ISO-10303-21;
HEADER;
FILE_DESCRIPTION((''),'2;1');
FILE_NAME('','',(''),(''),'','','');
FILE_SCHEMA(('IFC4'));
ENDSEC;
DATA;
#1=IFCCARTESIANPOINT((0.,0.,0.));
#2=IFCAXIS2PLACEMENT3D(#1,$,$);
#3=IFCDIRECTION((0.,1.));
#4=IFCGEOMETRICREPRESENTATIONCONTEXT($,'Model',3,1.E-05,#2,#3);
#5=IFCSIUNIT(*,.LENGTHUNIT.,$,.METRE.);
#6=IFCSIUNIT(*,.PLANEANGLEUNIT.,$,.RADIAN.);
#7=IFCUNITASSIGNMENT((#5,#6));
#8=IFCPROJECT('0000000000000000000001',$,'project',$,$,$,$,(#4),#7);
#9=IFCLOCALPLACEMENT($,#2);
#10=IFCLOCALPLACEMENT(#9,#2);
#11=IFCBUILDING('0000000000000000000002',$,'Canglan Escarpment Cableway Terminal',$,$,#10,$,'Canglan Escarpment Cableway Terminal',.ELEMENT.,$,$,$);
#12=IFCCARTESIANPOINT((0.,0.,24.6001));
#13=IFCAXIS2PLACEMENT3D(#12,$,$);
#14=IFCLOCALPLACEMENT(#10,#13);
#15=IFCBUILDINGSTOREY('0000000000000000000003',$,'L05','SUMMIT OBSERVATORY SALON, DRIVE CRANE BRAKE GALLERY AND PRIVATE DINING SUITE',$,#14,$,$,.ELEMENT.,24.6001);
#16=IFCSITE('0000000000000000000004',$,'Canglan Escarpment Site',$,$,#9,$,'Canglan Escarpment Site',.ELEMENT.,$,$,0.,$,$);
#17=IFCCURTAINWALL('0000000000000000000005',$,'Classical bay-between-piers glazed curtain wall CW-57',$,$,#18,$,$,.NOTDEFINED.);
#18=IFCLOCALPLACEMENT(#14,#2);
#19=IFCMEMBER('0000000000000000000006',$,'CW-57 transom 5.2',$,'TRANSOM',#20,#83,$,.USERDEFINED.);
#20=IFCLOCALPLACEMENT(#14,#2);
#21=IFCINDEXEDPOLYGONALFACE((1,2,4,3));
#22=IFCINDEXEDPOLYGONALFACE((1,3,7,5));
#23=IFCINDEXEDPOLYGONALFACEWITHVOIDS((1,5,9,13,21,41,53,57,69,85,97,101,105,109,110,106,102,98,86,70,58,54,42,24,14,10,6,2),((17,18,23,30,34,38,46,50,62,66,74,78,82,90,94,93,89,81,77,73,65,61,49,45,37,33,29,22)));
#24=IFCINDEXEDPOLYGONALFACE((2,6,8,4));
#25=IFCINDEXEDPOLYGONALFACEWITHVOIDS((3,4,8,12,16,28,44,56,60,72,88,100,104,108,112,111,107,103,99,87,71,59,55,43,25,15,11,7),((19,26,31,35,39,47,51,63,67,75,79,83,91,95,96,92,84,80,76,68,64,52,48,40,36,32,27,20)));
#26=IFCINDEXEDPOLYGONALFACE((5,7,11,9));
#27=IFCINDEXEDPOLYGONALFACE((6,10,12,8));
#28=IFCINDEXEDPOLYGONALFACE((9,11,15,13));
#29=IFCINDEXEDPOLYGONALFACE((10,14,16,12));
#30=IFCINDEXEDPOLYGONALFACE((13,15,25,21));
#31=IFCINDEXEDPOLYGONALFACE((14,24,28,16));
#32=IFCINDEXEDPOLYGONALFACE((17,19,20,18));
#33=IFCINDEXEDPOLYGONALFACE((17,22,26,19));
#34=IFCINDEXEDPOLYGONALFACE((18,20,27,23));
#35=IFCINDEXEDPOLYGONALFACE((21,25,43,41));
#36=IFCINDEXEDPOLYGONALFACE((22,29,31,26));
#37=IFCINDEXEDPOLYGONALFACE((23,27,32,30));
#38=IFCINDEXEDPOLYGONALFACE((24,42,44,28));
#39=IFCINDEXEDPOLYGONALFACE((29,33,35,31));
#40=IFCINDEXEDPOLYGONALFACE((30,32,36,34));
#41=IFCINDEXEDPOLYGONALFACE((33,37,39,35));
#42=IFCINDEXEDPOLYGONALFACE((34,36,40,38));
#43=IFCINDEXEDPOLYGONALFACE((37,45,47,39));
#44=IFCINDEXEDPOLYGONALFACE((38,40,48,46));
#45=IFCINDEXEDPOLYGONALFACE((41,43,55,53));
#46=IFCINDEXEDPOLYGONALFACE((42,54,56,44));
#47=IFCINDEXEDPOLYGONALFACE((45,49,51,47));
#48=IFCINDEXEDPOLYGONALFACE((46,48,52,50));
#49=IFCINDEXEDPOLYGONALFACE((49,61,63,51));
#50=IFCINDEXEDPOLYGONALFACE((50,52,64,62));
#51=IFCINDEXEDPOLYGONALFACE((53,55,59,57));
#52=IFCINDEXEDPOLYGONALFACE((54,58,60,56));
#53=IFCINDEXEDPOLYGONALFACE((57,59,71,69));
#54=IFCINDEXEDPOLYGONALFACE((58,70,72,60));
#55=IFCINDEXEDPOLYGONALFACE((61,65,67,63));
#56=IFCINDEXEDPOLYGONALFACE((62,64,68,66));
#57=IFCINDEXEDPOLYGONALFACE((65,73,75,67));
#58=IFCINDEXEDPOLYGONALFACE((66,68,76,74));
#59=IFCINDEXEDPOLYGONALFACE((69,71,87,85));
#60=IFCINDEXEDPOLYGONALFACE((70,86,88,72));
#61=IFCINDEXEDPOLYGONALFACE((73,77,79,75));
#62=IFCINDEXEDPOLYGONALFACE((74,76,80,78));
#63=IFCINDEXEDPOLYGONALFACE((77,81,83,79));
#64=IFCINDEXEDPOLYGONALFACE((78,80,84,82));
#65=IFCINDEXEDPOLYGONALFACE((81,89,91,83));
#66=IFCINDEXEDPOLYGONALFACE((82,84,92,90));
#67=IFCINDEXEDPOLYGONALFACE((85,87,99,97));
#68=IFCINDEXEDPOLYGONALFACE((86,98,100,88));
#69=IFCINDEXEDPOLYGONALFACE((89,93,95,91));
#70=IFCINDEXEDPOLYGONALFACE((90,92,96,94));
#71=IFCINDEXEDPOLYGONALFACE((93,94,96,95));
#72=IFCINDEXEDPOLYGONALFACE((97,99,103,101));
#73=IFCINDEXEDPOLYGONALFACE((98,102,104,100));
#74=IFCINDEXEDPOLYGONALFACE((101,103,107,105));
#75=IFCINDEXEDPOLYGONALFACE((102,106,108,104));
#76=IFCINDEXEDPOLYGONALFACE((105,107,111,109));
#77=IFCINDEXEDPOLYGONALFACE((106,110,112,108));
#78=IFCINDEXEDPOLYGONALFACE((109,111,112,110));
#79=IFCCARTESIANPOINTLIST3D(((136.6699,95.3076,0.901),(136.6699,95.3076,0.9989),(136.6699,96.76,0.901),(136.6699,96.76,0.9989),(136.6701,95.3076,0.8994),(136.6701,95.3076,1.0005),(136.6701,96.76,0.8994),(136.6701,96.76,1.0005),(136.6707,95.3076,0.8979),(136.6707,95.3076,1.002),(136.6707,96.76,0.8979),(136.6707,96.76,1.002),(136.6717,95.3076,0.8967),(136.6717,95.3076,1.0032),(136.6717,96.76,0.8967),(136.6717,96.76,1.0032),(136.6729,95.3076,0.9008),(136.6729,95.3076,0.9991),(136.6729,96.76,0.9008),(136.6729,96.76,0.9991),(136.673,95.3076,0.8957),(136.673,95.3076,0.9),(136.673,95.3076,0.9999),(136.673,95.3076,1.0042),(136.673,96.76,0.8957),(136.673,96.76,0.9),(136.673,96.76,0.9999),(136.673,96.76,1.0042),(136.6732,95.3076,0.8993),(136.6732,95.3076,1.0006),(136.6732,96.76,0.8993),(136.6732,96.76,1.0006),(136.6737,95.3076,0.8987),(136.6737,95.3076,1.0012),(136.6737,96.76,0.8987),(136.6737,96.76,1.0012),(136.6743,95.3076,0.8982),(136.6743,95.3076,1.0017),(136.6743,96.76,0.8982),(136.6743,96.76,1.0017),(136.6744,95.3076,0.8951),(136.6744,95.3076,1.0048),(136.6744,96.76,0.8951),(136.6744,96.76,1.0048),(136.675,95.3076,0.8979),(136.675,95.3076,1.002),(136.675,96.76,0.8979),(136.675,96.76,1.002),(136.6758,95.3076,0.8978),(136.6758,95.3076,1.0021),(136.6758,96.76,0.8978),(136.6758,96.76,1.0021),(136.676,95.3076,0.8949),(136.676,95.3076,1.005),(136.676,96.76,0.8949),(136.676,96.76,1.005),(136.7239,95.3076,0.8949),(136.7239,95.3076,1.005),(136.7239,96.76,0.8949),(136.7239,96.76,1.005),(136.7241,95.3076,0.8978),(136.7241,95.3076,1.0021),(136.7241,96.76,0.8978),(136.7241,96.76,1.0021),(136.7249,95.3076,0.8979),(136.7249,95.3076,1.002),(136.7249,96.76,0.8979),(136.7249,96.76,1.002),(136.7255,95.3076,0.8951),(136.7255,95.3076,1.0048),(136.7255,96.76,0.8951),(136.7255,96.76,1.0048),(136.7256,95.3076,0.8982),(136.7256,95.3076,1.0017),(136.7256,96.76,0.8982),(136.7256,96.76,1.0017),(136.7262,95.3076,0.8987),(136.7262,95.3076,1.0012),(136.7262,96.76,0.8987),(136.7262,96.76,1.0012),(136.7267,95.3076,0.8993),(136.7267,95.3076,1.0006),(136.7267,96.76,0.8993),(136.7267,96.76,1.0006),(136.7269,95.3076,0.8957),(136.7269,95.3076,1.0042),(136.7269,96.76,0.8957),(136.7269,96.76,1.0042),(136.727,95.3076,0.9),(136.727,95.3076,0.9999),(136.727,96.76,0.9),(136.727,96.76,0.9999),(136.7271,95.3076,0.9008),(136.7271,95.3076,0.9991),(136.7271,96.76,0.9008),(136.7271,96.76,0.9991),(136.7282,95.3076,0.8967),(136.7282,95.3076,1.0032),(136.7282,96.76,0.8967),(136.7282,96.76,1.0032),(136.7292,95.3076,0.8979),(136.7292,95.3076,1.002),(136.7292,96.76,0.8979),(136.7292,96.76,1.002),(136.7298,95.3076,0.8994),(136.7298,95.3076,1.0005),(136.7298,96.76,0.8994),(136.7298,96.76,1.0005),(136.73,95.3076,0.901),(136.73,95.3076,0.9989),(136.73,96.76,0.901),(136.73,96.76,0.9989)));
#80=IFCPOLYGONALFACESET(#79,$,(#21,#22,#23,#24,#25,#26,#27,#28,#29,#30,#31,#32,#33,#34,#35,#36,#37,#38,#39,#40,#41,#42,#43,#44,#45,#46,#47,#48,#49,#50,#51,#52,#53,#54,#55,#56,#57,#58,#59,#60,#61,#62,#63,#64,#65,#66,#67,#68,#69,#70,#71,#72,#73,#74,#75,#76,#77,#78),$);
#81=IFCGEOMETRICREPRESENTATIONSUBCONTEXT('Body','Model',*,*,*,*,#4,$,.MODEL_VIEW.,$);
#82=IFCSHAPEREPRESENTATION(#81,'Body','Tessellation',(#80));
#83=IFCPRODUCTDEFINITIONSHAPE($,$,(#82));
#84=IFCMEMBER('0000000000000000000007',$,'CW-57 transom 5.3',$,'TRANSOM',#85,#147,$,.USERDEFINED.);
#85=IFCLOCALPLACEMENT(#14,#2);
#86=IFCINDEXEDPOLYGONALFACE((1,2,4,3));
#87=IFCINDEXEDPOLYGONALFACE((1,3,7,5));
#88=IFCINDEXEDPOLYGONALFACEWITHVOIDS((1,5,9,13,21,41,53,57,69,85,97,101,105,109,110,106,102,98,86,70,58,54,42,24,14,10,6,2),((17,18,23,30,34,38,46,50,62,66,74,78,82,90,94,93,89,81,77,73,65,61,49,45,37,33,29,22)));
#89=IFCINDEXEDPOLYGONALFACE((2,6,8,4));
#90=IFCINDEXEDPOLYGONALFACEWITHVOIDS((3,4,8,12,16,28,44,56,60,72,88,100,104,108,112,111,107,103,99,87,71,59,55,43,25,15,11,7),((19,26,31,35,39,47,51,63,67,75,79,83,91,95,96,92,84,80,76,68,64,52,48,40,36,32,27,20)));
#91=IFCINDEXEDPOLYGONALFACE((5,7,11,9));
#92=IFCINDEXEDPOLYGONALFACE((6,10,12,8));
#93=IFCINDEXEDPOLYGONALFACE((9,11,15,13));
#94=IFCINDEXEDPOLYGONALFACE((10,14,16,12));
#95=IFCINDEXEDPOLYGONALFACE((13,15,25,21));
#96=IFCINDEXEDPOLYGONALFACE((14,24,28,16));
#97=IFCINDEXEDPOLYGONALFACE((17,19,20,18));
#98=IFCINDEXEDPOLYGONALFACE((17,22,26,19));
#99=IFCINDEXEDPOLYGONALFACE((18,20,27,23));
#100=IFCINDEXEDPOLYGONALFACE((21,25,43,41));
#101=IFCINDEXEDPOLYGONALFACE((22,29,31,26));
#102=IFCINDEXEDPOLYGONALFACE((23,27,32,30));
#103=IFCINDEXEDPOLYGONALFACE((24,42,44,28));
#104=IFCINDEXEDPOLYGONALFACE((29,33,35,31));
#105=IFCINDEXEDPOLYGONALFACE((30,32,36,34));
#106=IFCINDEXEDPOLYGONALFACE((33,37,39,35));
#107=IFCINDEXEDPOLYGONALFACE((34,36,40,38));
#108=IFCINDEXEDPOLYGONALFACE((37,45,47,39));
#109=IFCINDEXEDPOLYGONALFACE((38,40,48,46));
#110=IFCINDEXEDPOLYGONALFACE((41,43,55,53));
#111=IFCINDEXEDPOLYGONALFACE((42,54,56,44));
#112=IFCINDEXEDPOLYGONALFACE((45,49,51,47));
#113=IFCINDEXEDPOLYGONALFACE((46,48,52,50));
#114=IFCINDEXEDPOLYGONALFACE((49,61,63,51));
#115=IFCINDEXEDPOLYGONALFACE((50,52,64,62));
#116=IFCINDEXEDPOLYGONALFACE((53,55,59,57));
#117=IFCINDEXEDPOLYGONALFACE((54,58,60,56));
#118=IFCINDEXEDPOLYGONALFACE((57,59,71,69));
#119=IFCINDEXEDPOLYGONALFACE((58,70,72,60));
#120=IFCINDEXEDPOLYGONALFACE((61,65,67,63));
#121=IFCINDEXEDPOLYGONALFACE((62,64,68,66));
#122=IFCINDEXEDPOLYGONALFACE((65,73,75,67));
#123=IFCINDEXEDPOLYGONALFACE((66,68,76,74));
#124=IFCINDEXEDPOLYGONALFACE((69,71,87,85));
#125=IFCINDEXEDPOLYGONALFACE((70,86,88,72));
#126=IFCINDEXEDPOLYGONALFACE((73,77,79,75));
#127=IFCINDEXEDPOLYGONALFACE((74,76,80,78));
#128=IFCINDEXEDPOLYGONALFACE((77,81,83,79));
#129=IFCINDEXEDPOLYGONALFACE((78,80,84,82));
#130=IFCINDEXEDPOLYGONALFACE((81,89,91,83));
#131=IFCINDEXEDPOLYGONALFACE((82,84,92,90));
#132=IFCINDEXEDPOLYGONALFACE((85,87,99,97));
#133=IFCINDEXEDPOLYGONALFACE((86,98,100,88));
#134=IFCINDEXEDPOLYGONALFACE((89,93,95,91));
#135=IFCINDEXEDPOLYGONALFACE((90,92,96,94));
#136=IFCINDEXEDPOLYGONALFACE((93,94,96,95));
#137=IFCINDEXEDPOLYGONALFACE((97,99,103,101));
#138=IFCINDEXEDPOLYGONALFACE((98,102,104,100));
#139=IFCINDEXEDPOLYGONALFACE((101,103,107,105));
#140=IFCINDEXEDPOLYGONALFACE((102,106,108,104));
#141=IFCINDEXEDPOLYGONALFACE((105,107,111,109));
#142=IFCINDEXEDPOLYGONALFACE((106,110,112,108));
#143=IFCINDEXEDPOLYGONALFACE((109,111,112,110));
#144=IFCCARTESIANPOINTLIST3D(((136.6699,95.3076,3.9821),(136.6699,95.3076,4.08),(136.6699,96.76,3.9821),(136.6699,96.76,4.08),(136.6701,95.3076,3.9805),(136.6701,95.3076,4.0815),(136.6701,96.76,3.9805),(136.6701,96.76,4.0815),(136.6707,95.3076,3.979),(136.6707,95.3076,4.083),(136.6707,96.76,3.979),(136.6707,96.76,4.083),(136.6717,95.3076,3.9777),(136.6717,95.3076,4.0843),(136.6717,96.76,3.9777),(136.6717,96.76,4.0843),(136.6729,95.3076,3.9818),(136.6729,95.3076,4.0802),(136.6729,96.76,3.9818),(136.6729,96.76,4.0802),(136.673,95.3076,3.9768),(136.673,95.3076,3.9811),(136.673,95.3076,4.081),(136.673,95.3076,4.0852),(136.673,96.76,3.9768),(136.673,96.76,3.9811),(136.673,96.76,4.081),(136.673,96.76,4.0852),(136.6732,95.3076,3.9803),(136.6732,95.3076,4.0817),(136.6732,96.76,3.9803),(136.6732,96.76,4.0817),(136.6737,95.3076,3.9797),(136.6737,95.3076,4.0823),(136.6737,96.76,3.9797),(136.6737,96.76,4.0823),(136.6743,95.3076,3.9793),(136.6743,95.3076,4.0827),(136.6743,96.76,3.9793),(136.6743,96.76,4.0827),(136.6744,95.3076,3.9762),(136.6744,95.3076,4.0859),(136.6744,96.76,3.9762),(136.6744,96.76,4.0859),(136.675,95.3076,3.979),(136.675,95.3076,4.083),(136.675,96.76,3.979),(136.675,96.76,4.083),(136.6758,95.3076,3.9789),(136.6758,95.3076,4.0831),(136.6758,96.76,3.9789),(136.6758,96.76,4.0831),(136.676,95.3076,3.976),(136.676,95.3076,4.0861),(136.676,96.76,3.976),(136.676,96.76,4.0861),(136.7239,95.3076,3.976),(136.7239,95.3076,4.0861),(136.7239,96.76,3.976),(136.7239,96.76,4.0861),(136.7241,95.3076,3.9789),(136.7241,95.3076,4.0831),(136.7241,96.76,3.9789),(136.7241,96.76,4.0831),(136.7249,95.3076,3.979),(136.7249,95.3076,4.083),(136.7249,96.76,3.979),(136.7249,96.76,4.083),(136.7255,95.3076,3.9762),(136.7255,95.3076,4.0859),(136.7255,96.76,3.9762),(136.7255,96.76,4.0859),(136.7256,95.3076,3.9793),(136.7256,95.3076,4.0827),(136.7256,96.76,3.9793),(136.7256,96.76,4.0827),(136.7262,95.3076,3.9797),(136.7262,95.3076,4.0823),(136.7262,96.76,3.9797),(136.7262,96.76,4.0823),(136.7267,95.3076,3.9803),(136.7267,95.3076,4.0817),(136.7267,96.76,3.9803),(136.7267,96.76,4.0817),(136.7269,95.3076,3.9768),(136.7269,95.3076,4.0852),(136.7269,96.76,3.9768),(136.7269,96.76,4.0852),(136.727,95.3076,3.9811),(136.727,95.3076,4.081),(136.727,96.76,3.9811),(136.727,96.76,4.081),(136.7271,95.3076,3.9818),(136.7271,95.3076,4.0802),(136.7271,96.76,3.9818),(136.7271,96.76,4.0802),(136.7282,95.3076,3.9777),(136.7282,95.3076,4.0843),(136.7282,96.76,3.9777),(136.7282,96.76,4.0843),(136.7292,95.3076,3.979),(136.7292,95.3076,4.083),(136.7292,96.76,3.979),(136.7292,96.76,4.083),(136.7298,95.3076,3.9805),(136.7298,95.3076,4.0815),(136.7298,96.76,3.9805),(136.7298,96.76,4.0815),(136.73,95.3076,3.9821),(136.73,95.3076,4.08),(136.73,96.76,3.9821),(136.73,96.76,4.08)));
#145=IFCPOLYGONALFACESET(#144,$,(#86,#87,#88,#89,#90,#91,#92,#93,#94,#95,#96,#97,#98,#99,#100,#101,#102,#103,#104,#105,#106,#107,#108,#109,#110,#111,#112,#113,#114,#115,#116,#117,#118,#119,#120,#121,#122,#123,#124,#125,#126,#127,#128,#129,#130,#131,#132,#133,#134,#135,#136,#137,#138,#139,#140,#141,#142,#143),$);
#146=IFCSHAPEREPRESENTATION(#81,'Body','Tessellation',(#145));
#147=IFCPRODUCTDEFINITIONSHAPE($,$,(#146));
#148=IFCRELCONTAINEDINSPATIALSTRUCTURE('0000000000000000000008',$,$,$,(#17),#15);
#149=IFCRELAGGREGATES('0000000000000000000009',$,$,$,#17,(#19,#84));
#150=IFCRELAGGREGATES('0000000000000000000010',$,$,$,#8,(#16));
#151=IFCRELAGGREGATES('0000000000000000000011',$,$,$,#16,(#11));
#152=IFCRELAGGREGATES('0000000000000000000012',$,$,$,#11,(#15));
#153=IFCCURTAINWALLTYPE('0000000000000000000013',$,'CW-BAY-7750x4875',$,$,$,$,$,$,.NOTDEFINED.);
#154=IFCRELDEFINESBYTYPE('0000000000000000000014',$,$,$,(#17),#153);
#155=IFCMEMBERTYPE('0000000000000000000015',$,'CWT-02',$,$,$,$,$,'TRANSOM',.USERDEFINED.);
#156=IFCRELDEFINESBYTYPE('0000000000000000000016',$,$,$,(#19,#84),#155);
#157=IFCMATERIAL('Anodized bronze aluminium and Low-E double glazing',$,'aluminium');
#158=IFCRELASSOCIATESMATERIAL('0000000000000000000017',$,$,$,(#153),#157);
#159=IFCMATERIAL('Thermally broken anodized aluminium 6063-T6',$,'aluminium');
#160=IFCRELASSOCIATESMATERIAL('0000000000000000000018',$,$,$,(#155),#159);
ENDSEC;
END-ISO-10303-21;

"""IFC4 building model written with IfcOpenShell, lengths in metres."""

from ifc_helpers import new_model, si_unit, direction, frame, origin, origin_2d, place, context, subcontext, project, spatial, hollow_rectangle, extrude, material, material_profile, profile_set, type_object, element, aggregate, save


model = new_model("IFC4")

# Units and contexts
model_context = context("Model", 3, precision=1e-05, world=origin(), true_north=direction((0.0, 1.0)))
body_context = subcontext(model_context, "Body", "Model", "MODEL_VIEW")
ifc_project = project(units=[si_unit("LENGTHUNIT", "METRE"), si_unit("PLANEANGLEUNIT", "RADIAN")], contexts=[model_context])

# Site, building, storey
site_placement = place(None, origin())
site = spatial("IfcSite", under=ifc_project, at=site_placement, Name="Canglan Escarpment Site", LongName="Canglan Escarpment Site", CompositionType="ELEMENT", RefElevation=0.0)
building_placement = place(site_placement, origin())
building = spatial("IfcBuilding", under=site, at=building_placement, Name="Canglan Escarpment Cableway Terminal", LongName="Canglan Escarpment Cableway Terminal", CompositionType="ELEMENT")
storey_placement = place(building_placement, frame((0.0, 0.0, 24.6001)))
storey = spatial("IfcBuildingStorey", under=building, at=storey_placement, Name="L05", Description="SUMMIT OBSERVATORY SALON, DRIVE CRANE BRAKE GALLERY AND PRIVATE DINING SUITE", CompositionType="ELEMENT", Elevation=24.6001)

# Shared definitions
ifc_material_1 = material(Name="Anodized bronze aluminium and Low-E double glazing", Category="aluminium")
ifc_material_2 = material(Name="Thermally broken anodized aluminium 6063-T6", Category="aluminium")

# Curtain wall, members
curtain_wall_type_1 = type_object("IfcCurtainWallType", Name="CW-BAY-7750x4875", PredefinedType="NOTDEFINED", material=ifc_material_1)
curtain_wall_1_placement = place(storey_placement, origin())
curtain_wall_1 = element("IfcCurtainWall", 1, at=curtain_wall_1_placement, inside=storey, type_object=curtain_wall_type_1, Name="Classical bay-between-piers glazed curtain wall CW-57", PredefinedType="NOTDEFINED")
ifc_material_profile_1 = material_profile(ifc_material_2, hollow_rectangle(XDim=0.0601, YDim=0.1101, WallThickness=0.0029, InnerFilletRadius=0.0029, OuterFilletRadius=0.0061, at=origin_2d()), Name="ALU-TRAN 60x110x3")
ifc_profile_set_1 = profile_set([ifc_material_profile_1], Name="Thermally broken anodized aluminium 6063-T6")
member_type_1 = type_object("IfcMemberType", Name="CWT-02", ElementType="TRANSOM", PredefinedType="USERDEFINED", material=ifc_profile_set_1)
member_1_placement = place(storey_placement, frame((136.7, 95.3076, 0.95), z_axis=(0.0, 1.0, 0.0), x_axis=(-1.0, 0.0, 0.0)))
member_1 = element("IfcMember", 2, at=member_1_placement, type_object=member_type_1, Name="CW-57 transom 5.2", ObjectType="TRANSOM", PredefinedType="USERDEFINED", context=body_context, shape_type="SweptSolid", body=[
    extrude(hollow_rectangle(XDim=0.0601, YDim=0.1101, WallThickness=0.0029, InnerFilletRadius=0.0029, OuterFilletRadius=0.0061, at=origin_2d()), origin(), (0.0, 0.0, 1.0), 1.4524),
])
member_2_placement = place(storey_placement, frame((136.7, 95.3076, 4.031), z_axis=(0.0, 1.0, 0.0), x_axis=(-1.0, 0.0, 0.0)))
member_2 = element("IfcMember", 3, at=member_2_placement, type_object=member_type_1, Name="CW-57 transom 5.3", ObjectType="TRANSOM", PredefinedType="USERDEFINED", context=body_context, shape_type="SweptSolid", body=[
    extrude(hollow_rectangle(XDim=0.0601, YDim=0.1101, WallThickness=0.0029, InnerFilletRadius=0.0029, OuterFilletRadius=0.0061, at=origin_2d()), origin(), (0.0, 0.0, 1.0), 1.4524),
])

aggregate(curtain_wall_1, [member_1, member_2])

save(model, "model.ifc")
